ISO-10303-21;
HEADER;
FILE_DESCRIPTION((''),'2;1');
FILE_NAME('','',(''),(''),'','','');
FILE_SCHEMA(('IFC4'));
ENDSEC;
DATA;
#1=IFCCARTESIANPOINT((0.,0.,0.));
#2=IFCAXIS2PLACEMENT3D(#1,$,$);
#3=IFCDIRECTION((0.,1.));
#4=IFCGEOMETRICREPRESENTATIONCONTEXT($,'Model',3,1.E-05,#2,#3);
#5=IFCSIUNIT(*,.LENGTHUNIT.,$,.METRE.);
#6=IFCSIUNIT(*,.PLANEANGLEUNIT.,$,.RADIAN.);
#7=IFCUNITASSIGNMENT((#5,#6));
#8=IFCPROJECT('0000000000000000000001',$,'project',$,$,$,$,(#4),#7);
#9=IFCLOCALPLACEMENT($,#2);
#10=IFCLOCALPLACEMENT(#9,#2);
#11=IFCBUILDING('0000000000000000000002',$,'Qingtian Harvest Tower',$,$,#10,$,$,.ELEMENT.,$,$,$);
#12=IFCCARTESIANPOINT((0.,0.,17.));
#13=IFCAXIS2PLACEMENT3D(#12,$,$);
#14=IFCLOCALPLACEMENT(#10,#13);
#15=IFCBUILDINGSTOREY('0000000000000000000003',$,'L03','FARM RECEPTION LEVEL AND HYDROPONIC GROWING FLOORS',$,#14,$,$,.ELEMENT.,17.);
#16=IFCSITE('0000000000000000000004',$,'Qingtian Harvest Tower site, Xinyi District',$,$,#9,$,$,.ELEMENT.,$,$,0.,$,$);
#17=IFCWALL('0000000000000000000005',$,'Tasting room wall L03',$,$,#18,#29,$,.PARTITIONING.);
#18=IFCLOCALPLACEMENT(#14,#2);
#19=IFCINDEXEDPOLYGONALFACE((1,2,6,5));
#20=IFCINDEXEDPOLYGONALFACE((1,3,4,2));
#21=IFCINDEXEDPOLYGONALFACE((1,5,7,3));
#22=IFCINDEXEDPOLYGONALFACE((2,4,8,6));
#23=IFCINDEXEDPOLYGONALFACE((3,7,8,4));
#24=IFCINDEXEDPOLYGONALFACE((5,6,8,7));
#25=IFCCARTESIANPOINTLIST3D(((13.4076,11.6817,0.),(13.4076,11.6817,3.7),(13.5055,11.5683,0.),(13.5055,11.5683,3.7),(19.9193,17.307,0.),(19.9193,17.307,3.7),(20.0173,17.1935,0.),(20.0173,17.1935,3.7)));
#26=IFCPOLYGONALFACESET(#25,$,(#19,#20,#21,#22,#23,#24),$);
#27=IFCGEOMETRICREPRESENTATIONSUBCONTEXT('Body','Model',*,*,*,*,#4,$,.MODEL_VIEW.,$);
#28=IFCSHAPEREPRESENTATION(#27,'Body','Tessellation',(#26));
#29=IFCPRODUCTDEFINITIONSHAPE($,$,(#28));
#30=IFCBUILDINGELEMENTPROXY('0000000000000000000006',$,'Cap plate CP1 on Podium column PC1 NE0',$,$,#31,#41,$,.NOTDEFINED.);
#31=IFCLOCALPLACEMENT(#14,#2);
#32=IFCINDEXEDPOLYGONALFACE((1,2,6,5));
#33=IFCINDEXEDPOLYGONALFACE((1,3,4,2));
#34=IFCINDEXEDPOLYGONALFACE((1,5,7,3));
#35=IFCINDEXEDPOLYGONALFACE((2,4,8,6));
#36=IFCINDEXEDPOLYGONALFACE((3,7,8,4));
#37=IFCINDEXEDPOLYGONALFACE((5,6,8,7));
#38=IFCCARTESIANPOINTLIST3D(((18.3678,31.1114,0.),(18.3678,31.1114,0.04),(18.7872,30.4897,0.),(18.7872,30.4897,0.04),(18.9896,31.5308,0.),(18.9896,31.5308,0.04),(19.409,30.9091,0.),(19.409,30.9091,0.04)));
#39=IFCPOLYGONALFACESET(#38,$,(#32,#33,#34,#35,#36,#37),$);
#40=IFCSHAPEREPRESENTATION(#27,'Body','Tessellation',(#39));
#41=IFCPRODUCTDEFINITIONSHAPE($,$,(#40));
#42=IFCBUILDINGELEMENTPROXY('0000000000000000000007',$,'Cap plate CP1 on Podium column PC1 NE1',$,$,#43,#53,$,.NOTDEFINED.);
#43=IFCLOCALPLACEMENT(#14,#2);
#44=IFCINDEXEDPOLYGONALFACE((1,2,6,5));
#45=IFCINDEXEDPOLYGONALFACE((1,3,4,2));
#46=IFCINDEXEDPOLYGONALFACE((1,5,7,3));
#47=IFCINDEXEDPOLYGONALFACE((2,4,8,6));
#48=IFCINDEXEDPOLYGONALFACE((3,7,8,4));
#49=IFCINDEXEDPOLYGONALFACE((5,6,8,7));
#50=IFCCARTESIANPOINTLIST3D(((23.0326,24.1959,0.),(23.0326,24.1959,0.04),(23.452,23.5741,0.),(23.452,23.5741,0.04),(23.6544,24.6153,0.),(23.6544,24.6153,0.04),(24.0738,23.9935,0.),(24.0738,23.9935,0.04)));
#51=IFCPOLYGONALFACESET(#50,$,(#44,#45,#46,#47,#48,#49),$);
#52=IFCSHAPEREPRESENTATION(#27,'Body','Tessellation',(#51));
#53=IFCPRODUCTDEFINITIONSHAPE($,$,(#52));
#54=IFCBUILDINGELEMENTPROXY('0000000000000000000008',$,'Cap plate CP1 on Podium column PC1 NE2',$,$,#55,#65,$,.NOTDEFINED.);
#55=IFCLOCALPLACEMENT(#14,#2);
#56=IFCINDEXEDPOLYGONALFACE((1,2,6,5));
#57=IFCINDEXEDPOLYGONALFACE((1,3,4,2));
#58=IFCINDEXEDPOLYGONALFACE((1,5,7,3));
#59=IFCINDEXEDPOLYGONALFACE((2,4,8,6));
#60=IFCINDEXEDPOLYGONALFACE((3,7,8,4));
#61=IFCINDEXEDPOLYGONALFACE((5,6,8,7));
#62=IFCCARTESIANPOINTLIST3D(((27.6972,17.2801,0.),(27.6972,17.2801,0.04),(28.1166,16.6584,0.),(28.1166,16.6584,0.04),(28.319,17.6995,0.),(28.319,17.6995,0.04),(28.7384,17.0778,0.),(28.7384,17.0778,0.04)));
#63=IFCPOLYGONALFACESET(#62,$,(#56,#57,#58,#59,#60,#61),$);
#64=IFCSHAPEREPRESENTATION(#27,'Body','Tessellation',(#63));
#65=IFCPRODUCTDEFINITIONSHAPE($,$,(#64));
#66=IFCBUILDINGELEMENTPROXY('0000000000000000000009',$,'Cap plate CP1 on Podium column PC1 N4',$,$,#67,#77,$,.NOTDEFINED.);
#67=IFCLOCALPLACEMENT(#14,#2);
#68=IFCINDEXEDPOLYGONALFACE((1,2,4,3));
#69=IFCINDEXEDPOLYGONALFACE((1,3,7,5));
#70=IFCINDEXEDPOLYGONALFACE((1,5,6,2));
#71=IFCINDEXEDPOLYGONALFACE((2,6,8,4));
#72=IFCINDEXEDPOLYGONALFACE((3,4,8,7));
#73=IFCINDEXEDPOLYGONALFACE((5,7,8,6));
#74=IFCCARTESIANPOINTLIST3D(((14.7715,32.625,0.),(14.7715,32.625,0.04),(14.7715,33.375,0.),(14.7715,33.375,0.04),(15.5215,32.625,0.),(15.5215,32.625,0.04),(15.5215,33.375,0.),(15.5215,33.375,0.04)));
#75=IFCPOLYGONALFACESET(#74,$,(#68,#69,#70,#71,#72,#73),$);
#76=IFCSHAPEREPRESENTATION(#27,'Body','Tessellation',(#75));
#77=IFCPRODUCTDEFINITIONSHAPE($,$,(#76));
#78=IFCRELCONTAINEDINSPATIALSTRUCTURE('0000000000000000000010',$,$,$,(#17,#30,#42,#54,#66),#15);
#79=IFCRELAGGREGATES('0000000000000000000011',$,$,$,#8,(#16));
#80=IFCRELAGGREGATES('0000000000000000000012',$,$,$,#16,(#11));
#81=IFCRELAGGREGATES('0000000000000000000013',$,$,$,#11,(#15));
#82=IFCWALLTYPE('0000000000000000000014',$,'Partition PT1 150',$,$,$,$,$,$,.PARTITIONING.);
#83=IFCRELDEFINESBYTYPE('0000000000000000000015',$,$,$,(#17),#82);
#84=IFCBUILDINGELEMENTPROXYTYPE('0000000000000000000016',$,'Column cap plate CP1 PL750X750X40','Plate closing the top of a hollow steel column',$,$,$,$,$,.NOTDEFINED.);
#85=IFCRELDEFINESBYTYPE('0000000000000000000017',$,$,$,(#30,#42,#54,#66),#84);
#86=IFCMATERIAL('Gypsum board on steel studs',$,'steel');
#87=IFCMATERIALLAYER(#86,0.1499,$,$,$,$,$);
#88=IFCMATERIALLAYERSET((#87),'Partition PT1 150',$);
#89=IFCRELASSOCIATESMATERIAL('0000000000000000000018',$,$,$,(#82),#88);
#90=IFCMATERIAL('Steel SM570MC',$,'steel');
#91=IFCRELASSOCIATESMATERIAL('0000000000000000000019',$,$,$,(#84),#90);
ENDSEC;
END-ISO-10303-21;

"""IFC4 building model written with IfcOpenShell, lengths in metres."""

from ifc_helpers import new_model, si_unit, direction, frame, frame_2d, origin, origin_2d, place, context, subcontext, project, spatial, rectangle, extrude, material, layer, layer_set, material_profile, profile_set, type_object, element, save


model = new_model("IFC4")

# Units and contexts
model_context = context("Model", 3, precision=1e-05, world=origin(), true_north=direction((0.0, 1.0)))
body_context = subcontext(model_context, "Body", "Model", "MODEL_VIEW")
ifc_project = project(units=[si_unit("LENGTHUNIT", "METRE"), si_unit("PLANEANGLEUNIT", "RADIAN")], contexts=[model_context])

# Site, building, storey
site_placement = place(None, origin())
site = spatial("IfcSite", under=ifc_project, at=site_placement, Name="Qingtian Harvest Tower site, Xinyi District", CompositionType="ELEMENT", RefElevation=0.0)
building_placement = place(site_placement, origin())
building = spatial("IfcBuilding", under=site, at=building_placement, Name="Qingtian Harvest Tower", CompositionType="ELEMENT")
storey_placement = place(building_placement, frame((0.0, 0.0, 17.0)))
storey = spatial("IfcBuildingStorey", under=building, at=storey_placement, Name="L03", Description="FARM RECEPTION LEVEL AND HYDROPONIC GROWING FLOORS", CompositionType="ELEMENT", Elevation=17.0)

# Wall
ifc_material_1 = material(Name="Gypsum board on steel studs", Category="steel")
ifc_layer_1 = layer(ifc_material_1, 0.1499)
ifc_layer_set_1 = layer_set([ifc_layer_1], Name="Partition PT1 150")
wall_type = type_object("IfcWallType", Name="Partition PT1 150", PredefinedType="PARTITIONING", material=ifc_layer_set_1)
wall_placement = place(storey_placement, frame((19.9683, 17.2502, 0.0), z_axis=(0.0, 0.0, 1.0), x_axis=(-0.756738, -0.653719, 0.0)))
element("IfcWall", 1, at=wall_placement, inside=storey, type_object=wall_type, Name="Tasting room wall L03", PredefinedType="PARTITIONING", context=body_context, shape_type="SweptSolid", body=[
    extrude(rectangle(XDim=8.605, YDim=0.1499, at=frame_2d((4.3025, 0.0))), origin(), (0.0, 0.0, 1.0), 3.7),
])

# Building element proxies
ifc_material_2 = material(Name="Steel SM570MC", Category="steel")
ifc_material_profile_1 = material_profile(ifc_material_2, rectangle(XDim=0.75, YDim=0.75, at=origin_2d()), Name="PL750X750X40")
ifc_profile_set_1 = profile_set([ifc_material_profile_1], Name="Steel SM570MC")
building_element_proxy_type = type_object("IfcBuildingElementProxyType", Name="Column cap plate CP1 PL750X750X40", Description="Plate closing the top of a hollow steel column", PredefinedType="NOTDEFINED", material=ifc_profile_set_1)
for number, where, z_axis, x_axis, name in (
    (2, (18.8884, 31.0103, 0.0), (0.0, 0.0, 1.0), (-0.559193, 0.829038, 0.0), "Cap plate CP1 on Podium column PC1 NE0"),
    (3, (23.5532, 24.0947, 0.0), (0.0, 0.0, 1.0), (-0.559193, 0.829038, 0.0), "Cap plate CP1 on Podium column PC1 NE1"),
    (4, (28.2178, 17.179, 0.0), (0.0, 0.0, 1.0), (-0.559193, 0.829038, 0.0), "Cap plate CP1 on Podium column PC1 NE2"),
    (5, (15.1465, 33.0, 0.0), (0.0, 0.0, 1.0), (-1.0, 0.0, 0.0), "Cap plate CP1 on Podium column PC1 N4"),
):
    element("IfcBuildingElementProxy", number, at=place(storey_placement, frame(where, z_axis=z_axis, x_axis=x_axis)), inside=storey, type_object=building_element_proxy_type, Name=name, PredefinedType="NOTDEFINED", context=body_context, shape_type="SweptSolid", body=[
        extrude(rectangle(XDim=0.75, YDim=0.75, at=origin_2d()), origin(), (0.0, 0.0, 1.0), 0.04),
    ])

save(model, "model.ifc")
